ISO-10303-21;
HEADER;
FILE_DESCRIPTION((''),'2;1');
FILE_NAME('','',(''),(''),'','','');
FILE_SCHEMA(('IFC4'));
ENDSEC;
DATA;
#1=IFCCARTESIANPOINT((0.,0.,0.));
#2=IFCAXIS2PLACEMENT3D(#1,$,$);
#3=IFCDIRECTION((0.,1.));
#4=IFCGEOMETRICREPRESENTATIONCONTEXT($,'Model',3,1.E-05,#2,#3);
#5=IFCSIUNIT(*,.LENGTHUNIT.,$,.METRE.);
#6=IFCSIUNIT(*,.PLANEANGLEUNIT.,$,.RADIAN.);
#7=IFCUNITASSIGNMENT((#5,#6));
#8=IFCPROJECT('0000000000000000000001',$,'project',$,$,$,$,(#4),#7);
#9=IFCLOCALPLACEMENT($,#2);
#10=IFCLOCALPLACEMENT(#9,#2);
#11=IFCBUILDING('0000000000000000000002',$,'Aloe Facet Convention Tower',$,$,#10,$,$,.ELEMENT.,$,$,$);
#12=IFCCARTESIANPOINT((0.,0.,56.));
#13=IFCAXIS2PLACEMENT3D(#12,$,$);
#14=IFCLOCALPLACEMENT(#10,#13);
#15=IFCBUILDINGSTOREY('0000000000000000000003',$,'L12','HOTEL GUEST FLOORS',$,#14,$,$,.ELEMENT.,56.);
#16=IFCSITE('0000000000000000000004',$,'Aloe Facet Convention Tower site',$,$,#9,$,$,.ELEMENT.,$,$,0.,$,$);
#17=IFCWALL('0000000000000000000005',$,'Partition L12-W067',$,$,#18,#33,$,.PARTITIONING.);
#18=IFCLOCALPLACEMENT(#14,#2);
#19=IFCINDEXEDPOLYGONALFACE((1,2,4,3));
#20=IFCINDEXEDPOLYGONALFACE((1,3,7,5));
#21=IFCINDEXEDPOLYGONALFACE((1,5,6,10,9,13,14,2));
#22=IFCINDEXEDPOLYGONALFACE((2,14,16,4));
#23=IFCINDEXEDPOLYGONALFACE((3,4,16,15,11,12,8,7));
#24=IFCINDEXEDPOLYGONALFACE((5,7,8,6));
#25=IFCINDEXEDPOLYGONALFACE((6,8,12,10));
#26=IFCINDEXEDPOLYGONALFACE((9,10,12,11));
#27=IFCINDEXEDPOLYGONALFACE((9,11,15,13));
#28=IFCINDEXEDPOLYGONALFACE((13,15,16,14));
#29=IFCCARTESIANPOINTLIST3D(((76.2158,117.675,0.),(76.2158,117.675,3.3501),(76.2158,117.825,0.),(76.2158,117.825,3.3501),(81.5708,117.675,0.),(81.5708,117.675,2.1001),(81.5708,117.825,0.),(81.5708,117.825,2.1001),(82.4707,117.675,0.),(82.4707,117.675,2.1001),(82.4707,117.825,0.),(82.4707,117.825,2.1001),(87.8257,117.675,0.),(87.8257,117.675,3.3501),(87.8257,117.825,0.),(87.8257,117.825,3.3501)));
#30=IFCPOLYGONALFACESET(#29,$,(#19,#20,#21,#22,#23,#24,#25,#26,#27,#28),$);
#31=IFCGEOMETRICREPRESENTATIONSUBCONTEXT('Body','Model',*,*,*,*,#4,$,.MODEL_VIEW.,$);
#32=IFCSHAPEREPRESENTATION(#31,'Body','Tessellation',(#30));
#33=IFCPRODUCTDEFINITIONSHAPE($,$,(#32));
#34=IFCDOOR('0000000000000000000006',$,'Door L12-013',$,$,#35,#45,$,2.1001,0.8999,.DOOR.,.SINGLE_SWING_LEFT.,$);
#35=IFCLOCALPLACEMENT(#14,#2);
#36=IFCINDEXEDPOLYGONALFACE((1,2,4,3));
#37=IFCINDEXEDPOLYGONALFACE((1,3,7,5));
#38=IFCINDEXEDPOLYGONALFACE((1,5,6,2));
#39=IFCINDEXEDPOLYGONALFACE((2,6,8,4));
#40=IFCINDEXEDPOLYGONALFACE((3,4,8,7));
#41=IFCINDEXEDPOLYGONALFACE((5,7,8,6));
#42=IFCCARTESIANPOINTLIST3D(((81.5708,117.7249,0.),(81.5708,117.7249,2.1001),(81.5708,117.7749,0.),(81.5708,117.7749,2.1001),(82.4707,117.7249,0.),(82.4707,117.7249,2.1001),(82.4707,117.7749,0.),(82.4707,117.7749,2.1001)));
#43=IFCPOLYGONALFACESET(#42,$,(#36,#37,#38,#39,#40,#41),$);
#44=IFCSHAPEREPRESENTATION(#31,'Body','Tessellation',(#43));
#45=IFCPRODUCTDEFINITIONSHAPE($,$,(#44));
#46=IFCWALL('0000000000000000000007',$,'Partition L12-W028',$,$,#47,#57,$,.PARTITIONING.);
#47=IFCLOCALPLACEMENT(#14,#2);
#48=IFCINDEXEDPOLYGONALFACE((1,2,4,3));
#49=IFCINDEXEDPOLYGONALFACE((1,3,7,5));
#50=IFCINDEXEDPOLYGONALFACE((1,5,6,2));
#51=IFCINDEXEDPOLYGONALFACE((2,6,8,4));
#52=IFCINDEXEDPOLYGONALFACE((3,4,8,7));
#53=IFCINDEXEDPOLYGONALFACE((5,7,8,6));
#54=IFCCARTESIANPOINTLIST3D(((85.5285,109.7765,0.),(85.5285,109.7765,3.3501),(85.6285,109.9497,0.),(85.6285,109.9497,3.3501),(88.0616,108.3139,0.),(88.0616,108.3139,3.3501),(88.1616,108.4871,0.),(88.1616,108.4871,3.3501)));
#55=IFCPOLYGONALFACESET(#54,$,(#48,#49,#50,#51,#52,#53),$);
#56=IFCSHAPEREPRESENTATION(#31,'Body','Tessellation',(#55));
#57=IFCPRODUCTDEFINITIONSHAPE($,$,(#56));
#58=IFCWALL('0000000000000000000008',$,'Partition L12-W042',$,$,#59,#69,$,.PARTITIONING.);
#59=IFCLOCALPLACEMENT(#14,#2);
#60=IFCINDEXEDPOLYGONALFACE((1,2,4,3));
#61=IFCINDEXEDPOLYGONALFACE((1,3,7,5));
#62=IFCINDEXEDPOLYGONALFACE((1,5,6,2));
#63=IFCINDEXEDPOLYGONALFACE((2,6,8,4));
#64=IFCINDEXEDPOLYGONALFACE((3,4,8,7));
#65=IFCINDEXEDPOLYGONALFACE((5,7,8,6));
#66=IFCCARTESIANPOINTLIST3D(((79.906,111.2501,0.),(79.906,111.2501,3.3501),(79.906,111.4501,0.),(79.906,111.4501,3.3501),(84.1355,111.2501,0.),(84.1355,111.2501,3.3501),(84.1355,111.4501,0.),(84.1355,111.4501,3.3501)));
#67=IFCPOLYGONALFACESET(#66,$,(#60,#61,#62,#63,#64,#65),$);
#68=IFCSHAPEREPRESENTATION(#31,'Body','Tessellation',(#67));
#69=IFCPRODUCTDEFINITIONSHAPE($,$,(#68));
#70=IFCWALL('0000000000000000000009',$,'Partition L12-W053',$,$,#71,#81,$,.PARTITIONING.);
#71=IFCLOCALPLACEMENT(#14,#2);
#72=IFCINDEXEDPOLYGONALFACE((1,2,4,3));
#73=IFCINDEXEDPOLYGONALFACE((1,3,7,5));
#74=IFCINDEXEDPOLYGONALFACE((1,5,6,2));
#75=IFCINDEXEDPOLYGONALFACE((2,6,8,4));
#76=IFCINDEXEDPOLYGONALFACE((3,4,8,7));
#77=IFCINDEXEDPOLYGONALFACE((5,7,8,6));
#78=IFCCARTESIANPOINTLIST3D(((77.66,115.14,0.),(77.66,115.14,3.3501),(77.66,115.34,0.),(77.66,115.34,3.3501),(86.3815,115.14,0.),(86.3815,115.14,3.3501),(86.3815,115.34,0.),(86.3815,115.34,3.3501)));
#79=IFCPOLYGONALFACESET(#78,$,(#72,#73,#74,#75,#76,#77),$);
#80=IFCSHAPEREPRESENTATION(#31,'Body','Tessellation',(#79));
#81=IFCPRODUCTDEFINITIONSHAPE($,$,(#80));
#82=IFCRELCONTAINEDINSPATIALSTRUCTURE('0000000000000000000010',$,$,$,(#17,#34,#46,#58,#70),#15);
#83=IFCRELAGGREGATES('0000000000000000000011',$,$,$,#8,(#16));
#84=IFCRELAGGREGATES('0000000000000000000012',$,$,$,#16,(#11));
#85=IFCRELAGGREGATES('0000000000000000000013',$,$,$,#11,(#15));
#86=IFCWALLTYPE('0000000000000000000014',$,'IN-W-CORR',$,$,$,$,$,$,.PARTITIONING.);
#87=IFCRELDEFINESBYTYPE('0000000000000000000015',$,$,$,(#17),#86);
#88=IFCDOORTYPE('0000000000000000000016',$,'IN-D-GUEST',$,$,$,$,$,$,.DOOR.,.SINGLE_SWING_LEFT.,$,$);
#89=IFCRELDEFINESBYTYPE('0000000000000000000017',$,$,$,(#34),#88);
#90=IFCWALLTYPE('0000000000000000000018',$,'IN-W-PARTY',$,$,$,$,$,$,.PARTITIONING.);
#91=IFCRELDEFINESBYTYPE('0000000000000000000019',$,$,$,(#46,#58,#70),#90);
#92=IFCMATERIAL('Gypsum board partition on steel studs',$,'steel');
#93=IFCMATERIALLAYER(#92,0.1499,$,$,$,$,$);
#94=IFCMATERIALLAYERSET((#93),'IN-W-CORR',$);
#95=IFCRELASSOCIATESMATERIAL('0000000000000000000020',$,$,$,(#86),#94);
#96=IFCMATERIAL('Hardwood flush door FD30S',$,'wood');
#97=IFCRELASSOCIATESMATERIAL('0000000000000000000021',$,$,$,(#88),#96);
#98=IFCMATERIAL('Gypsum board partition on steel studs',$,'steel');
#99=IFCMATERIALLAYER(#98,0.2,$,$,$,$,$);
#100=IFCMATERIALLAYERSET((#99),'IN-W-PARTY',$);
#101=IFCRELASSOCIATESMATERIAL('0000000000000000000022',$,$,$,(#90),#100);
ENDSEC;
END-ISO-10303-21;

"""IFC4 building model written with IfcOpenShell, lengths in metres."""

from ifc_helpers import new_model, si_unit, direction, frame, frame_2d, origin, place, context, subcontext, project, spatial, rectangle, extrude, material, layer, layer_set, type_object, element, fill, save


model = new_model("IFC4")

# Units and contexts
model_context = context("Model", 3, precision=1e-05, world=origin(), true_north=direction((0.0, 1.0)))
body_context = subcontext(model_context, "Body", "Model", "MODEL_VIEW")
ifc_project = project(units=[si_unit("LENGTHUNIT", "METRE"), si_unit("PLANEANGLEUNIT", "RADIAN")], contexts=[model_context])

# Site, building, storey
site_placement = place(None, origin())
site = spatial("IfcSite", under=ifc_project, at=site_placement, Name="Aloe Facet Convention Tower site", CompositionType="ELEMENT", RefElevation=0.0)
building_placement = place(site_placement, origin())
building = spatial("IfcBuilding", under=site, at=building_placement, Name="Aloe Facet Convention Tower", CompositionType="ELEMENT")
storey_placement = place(building_placement, frame((0.0, 0.0, 56.0)))
storey = spatial("IfcBuildingStorey", under=building, at=storey_placement, Name="L12", Description="HOTEL GUEST FLOORS", CompositionType="ELEMENT", Elevation=56.0)

# Shared definitions
ifc_material_1 = material(Name="Gypsum board partition on steel studs", Category="steel")
ifc_layer_1 = layer(ifc_material_1, 0.1499)
ifc_layer_set_1 = layer_set([ifc_layer_1], Name="IN-W-CORR")
wall_type_1 = type_object("IfcWallType", Name="IN-W-CORR", PredefinedType="PARTITIONING", material=ifc_layer_set_1)
ifc_material_2 = material(Name="Hardwood flush door FD30S", Category="wood")
door_type_1 = type_object("IfcDoorType", Name="IN-D-GUEST", OperationType="SINGLE_SWING_LEFT", PredefinedType="DOOR", material=ifc_material_2)

# Wall, opening, door
wall_1_placement = place(storey_placement, frame((76.2158, 117.75, 0.0), z_axis=(0.0, 0.0, 1.0), x_axis=(1.0, 0.0, 0.0)))
wall_1 = element("IfcWall", 1, at=wall_1_placement, inside=storey, type_object=wall_type_1, Name="Partition L12-W067", PredefinedType="PARTITIONING", context=body_context, shape_type="SweptSolid", body=[
    extrude(rectangle(XDim=11.6099, YDim=0.1499, at=frame_2d((5.8049, 0.0))), origin(), (0.0, 0.0, 1.0), 3.3501),
])
opening_1_placement = place(wall_1_placement, frame((5.355, 0.0, 0.0)))
opening_1 = element("IfcOpeningElement", 2, at=opening_1_placement, cuts=wall_1, PredefinedType="OPENING", context=body_context, shape_type="SweptSolid", body=[
    extrude(rectangle(XDim=0.8999, YDim=2.1001, at=frame_2d((0.45, 1.05))), frame((0.0, 0.085, 0.0), z_axis=(0.0, -1.0, 0.0), x_axis=(1.0, 0.0, 0.0)), (0.0, 0.0, 1.0), 0.1699),
])
door_1_placement = place(opening_1_placement, origin())
door_1 = element("IfcDoor", 3, at=door_1_placement, inside=storey, type_object=door_type_1, Name="Door L12-013", OperationType="SINGLE_SWING_LEFT", OverallHeight=2.1001, OverallWidth=0.8999, PredefinedType="DOOR", context=body_context, shape_type="SweptSolid", body=[
    extrude(rectangle(XDim=0.8999, YDim=2.1001, at=frame_2d((0.45, 1.05))), frame((0.0, 0.0249, 0.0), z_axis=(0.0, -1.0, 0.0), x_axis=(1.0, 0.0, 0.0)), (0.0, 0.0, 1.0), 0.05),
])
fill(opening_1, door_1)

# Walls
ifc_material_3 = material(Name="Gypsum board partition on steel studs", Category="steel")
ifc_layer_2 = layer(ifc_material_3, 0.2)
ifc_layer_set_2 = layer_set([ifc_layer_2], Name="IN-W-PARTY")
wall_type_2 = type_object("IfcWallType", Name="IN-W-PARTY", PredefinedType="PARTITIONING", material=ifc_layer_set_2)
wall_2_placement = place(storey_placement, frame((85.5786, 109.863, 0.0), z_axis=(0.0, 0.0, 1.0), x_axis=(0.86601, -0.500026, 0.0)))
element("IfcWall", 4, at=wall_2_placement, inside=storey, type_object=wall_type_2, Name="Partition L12-W028", PredefinedType="PARTITIONING", context=body_context, shape_type="SweptSolid", body=[
    extrude(rectangle(XDim=2.925, YDim=0.2, at=frame_2d((1.4624, 0.0))), origin(), (0.0, 0.0, 1.0), 3.3501),
])
wall_3_placement = place(storey_placement, frame((79.906, 111.3501, 0.0), z_axis=(0.0, 0.0, 1.0), x_axis=(1.0, 0.0, 0.0)))
element("IfcWall", 5, at=wall_3_placement, inside=storey, type_object=wall_type_2, Name="Partition L12-W042", PredefinedType="PARTITIONING", context=body_context, shape_type="SweptSolid", body=[
    extrude(rectangle(XDim=4.2295, YDim=0.2, at=frame_2d((2.1147, 0.0))), origin(), (0.0, 0.0, 1.0), 3.3501),
])
wall_4_placement = place(storey_placement, frame((77.6599, 115.24, 0.0), z_axis=(0.0, 0.0, 1.0), x_axis=(1.0, 0.0, 0.0)))
element("IfcWall", 6, at=wall_4_placement, inside=storey, type_object=wall_type_2, Name="Partition L12-W053", PredefinedType="PARTITIONING", context=body_context, shape_type="SweptSolid", body=[
    extrude(rectangle(XDim=8.7214, YDim=0.2, at=frame_2d((4.3608, 0.0))), origin(), (0.0, 0.0, 1.0), 3.3501),
])

save(model, "model.ifc")
